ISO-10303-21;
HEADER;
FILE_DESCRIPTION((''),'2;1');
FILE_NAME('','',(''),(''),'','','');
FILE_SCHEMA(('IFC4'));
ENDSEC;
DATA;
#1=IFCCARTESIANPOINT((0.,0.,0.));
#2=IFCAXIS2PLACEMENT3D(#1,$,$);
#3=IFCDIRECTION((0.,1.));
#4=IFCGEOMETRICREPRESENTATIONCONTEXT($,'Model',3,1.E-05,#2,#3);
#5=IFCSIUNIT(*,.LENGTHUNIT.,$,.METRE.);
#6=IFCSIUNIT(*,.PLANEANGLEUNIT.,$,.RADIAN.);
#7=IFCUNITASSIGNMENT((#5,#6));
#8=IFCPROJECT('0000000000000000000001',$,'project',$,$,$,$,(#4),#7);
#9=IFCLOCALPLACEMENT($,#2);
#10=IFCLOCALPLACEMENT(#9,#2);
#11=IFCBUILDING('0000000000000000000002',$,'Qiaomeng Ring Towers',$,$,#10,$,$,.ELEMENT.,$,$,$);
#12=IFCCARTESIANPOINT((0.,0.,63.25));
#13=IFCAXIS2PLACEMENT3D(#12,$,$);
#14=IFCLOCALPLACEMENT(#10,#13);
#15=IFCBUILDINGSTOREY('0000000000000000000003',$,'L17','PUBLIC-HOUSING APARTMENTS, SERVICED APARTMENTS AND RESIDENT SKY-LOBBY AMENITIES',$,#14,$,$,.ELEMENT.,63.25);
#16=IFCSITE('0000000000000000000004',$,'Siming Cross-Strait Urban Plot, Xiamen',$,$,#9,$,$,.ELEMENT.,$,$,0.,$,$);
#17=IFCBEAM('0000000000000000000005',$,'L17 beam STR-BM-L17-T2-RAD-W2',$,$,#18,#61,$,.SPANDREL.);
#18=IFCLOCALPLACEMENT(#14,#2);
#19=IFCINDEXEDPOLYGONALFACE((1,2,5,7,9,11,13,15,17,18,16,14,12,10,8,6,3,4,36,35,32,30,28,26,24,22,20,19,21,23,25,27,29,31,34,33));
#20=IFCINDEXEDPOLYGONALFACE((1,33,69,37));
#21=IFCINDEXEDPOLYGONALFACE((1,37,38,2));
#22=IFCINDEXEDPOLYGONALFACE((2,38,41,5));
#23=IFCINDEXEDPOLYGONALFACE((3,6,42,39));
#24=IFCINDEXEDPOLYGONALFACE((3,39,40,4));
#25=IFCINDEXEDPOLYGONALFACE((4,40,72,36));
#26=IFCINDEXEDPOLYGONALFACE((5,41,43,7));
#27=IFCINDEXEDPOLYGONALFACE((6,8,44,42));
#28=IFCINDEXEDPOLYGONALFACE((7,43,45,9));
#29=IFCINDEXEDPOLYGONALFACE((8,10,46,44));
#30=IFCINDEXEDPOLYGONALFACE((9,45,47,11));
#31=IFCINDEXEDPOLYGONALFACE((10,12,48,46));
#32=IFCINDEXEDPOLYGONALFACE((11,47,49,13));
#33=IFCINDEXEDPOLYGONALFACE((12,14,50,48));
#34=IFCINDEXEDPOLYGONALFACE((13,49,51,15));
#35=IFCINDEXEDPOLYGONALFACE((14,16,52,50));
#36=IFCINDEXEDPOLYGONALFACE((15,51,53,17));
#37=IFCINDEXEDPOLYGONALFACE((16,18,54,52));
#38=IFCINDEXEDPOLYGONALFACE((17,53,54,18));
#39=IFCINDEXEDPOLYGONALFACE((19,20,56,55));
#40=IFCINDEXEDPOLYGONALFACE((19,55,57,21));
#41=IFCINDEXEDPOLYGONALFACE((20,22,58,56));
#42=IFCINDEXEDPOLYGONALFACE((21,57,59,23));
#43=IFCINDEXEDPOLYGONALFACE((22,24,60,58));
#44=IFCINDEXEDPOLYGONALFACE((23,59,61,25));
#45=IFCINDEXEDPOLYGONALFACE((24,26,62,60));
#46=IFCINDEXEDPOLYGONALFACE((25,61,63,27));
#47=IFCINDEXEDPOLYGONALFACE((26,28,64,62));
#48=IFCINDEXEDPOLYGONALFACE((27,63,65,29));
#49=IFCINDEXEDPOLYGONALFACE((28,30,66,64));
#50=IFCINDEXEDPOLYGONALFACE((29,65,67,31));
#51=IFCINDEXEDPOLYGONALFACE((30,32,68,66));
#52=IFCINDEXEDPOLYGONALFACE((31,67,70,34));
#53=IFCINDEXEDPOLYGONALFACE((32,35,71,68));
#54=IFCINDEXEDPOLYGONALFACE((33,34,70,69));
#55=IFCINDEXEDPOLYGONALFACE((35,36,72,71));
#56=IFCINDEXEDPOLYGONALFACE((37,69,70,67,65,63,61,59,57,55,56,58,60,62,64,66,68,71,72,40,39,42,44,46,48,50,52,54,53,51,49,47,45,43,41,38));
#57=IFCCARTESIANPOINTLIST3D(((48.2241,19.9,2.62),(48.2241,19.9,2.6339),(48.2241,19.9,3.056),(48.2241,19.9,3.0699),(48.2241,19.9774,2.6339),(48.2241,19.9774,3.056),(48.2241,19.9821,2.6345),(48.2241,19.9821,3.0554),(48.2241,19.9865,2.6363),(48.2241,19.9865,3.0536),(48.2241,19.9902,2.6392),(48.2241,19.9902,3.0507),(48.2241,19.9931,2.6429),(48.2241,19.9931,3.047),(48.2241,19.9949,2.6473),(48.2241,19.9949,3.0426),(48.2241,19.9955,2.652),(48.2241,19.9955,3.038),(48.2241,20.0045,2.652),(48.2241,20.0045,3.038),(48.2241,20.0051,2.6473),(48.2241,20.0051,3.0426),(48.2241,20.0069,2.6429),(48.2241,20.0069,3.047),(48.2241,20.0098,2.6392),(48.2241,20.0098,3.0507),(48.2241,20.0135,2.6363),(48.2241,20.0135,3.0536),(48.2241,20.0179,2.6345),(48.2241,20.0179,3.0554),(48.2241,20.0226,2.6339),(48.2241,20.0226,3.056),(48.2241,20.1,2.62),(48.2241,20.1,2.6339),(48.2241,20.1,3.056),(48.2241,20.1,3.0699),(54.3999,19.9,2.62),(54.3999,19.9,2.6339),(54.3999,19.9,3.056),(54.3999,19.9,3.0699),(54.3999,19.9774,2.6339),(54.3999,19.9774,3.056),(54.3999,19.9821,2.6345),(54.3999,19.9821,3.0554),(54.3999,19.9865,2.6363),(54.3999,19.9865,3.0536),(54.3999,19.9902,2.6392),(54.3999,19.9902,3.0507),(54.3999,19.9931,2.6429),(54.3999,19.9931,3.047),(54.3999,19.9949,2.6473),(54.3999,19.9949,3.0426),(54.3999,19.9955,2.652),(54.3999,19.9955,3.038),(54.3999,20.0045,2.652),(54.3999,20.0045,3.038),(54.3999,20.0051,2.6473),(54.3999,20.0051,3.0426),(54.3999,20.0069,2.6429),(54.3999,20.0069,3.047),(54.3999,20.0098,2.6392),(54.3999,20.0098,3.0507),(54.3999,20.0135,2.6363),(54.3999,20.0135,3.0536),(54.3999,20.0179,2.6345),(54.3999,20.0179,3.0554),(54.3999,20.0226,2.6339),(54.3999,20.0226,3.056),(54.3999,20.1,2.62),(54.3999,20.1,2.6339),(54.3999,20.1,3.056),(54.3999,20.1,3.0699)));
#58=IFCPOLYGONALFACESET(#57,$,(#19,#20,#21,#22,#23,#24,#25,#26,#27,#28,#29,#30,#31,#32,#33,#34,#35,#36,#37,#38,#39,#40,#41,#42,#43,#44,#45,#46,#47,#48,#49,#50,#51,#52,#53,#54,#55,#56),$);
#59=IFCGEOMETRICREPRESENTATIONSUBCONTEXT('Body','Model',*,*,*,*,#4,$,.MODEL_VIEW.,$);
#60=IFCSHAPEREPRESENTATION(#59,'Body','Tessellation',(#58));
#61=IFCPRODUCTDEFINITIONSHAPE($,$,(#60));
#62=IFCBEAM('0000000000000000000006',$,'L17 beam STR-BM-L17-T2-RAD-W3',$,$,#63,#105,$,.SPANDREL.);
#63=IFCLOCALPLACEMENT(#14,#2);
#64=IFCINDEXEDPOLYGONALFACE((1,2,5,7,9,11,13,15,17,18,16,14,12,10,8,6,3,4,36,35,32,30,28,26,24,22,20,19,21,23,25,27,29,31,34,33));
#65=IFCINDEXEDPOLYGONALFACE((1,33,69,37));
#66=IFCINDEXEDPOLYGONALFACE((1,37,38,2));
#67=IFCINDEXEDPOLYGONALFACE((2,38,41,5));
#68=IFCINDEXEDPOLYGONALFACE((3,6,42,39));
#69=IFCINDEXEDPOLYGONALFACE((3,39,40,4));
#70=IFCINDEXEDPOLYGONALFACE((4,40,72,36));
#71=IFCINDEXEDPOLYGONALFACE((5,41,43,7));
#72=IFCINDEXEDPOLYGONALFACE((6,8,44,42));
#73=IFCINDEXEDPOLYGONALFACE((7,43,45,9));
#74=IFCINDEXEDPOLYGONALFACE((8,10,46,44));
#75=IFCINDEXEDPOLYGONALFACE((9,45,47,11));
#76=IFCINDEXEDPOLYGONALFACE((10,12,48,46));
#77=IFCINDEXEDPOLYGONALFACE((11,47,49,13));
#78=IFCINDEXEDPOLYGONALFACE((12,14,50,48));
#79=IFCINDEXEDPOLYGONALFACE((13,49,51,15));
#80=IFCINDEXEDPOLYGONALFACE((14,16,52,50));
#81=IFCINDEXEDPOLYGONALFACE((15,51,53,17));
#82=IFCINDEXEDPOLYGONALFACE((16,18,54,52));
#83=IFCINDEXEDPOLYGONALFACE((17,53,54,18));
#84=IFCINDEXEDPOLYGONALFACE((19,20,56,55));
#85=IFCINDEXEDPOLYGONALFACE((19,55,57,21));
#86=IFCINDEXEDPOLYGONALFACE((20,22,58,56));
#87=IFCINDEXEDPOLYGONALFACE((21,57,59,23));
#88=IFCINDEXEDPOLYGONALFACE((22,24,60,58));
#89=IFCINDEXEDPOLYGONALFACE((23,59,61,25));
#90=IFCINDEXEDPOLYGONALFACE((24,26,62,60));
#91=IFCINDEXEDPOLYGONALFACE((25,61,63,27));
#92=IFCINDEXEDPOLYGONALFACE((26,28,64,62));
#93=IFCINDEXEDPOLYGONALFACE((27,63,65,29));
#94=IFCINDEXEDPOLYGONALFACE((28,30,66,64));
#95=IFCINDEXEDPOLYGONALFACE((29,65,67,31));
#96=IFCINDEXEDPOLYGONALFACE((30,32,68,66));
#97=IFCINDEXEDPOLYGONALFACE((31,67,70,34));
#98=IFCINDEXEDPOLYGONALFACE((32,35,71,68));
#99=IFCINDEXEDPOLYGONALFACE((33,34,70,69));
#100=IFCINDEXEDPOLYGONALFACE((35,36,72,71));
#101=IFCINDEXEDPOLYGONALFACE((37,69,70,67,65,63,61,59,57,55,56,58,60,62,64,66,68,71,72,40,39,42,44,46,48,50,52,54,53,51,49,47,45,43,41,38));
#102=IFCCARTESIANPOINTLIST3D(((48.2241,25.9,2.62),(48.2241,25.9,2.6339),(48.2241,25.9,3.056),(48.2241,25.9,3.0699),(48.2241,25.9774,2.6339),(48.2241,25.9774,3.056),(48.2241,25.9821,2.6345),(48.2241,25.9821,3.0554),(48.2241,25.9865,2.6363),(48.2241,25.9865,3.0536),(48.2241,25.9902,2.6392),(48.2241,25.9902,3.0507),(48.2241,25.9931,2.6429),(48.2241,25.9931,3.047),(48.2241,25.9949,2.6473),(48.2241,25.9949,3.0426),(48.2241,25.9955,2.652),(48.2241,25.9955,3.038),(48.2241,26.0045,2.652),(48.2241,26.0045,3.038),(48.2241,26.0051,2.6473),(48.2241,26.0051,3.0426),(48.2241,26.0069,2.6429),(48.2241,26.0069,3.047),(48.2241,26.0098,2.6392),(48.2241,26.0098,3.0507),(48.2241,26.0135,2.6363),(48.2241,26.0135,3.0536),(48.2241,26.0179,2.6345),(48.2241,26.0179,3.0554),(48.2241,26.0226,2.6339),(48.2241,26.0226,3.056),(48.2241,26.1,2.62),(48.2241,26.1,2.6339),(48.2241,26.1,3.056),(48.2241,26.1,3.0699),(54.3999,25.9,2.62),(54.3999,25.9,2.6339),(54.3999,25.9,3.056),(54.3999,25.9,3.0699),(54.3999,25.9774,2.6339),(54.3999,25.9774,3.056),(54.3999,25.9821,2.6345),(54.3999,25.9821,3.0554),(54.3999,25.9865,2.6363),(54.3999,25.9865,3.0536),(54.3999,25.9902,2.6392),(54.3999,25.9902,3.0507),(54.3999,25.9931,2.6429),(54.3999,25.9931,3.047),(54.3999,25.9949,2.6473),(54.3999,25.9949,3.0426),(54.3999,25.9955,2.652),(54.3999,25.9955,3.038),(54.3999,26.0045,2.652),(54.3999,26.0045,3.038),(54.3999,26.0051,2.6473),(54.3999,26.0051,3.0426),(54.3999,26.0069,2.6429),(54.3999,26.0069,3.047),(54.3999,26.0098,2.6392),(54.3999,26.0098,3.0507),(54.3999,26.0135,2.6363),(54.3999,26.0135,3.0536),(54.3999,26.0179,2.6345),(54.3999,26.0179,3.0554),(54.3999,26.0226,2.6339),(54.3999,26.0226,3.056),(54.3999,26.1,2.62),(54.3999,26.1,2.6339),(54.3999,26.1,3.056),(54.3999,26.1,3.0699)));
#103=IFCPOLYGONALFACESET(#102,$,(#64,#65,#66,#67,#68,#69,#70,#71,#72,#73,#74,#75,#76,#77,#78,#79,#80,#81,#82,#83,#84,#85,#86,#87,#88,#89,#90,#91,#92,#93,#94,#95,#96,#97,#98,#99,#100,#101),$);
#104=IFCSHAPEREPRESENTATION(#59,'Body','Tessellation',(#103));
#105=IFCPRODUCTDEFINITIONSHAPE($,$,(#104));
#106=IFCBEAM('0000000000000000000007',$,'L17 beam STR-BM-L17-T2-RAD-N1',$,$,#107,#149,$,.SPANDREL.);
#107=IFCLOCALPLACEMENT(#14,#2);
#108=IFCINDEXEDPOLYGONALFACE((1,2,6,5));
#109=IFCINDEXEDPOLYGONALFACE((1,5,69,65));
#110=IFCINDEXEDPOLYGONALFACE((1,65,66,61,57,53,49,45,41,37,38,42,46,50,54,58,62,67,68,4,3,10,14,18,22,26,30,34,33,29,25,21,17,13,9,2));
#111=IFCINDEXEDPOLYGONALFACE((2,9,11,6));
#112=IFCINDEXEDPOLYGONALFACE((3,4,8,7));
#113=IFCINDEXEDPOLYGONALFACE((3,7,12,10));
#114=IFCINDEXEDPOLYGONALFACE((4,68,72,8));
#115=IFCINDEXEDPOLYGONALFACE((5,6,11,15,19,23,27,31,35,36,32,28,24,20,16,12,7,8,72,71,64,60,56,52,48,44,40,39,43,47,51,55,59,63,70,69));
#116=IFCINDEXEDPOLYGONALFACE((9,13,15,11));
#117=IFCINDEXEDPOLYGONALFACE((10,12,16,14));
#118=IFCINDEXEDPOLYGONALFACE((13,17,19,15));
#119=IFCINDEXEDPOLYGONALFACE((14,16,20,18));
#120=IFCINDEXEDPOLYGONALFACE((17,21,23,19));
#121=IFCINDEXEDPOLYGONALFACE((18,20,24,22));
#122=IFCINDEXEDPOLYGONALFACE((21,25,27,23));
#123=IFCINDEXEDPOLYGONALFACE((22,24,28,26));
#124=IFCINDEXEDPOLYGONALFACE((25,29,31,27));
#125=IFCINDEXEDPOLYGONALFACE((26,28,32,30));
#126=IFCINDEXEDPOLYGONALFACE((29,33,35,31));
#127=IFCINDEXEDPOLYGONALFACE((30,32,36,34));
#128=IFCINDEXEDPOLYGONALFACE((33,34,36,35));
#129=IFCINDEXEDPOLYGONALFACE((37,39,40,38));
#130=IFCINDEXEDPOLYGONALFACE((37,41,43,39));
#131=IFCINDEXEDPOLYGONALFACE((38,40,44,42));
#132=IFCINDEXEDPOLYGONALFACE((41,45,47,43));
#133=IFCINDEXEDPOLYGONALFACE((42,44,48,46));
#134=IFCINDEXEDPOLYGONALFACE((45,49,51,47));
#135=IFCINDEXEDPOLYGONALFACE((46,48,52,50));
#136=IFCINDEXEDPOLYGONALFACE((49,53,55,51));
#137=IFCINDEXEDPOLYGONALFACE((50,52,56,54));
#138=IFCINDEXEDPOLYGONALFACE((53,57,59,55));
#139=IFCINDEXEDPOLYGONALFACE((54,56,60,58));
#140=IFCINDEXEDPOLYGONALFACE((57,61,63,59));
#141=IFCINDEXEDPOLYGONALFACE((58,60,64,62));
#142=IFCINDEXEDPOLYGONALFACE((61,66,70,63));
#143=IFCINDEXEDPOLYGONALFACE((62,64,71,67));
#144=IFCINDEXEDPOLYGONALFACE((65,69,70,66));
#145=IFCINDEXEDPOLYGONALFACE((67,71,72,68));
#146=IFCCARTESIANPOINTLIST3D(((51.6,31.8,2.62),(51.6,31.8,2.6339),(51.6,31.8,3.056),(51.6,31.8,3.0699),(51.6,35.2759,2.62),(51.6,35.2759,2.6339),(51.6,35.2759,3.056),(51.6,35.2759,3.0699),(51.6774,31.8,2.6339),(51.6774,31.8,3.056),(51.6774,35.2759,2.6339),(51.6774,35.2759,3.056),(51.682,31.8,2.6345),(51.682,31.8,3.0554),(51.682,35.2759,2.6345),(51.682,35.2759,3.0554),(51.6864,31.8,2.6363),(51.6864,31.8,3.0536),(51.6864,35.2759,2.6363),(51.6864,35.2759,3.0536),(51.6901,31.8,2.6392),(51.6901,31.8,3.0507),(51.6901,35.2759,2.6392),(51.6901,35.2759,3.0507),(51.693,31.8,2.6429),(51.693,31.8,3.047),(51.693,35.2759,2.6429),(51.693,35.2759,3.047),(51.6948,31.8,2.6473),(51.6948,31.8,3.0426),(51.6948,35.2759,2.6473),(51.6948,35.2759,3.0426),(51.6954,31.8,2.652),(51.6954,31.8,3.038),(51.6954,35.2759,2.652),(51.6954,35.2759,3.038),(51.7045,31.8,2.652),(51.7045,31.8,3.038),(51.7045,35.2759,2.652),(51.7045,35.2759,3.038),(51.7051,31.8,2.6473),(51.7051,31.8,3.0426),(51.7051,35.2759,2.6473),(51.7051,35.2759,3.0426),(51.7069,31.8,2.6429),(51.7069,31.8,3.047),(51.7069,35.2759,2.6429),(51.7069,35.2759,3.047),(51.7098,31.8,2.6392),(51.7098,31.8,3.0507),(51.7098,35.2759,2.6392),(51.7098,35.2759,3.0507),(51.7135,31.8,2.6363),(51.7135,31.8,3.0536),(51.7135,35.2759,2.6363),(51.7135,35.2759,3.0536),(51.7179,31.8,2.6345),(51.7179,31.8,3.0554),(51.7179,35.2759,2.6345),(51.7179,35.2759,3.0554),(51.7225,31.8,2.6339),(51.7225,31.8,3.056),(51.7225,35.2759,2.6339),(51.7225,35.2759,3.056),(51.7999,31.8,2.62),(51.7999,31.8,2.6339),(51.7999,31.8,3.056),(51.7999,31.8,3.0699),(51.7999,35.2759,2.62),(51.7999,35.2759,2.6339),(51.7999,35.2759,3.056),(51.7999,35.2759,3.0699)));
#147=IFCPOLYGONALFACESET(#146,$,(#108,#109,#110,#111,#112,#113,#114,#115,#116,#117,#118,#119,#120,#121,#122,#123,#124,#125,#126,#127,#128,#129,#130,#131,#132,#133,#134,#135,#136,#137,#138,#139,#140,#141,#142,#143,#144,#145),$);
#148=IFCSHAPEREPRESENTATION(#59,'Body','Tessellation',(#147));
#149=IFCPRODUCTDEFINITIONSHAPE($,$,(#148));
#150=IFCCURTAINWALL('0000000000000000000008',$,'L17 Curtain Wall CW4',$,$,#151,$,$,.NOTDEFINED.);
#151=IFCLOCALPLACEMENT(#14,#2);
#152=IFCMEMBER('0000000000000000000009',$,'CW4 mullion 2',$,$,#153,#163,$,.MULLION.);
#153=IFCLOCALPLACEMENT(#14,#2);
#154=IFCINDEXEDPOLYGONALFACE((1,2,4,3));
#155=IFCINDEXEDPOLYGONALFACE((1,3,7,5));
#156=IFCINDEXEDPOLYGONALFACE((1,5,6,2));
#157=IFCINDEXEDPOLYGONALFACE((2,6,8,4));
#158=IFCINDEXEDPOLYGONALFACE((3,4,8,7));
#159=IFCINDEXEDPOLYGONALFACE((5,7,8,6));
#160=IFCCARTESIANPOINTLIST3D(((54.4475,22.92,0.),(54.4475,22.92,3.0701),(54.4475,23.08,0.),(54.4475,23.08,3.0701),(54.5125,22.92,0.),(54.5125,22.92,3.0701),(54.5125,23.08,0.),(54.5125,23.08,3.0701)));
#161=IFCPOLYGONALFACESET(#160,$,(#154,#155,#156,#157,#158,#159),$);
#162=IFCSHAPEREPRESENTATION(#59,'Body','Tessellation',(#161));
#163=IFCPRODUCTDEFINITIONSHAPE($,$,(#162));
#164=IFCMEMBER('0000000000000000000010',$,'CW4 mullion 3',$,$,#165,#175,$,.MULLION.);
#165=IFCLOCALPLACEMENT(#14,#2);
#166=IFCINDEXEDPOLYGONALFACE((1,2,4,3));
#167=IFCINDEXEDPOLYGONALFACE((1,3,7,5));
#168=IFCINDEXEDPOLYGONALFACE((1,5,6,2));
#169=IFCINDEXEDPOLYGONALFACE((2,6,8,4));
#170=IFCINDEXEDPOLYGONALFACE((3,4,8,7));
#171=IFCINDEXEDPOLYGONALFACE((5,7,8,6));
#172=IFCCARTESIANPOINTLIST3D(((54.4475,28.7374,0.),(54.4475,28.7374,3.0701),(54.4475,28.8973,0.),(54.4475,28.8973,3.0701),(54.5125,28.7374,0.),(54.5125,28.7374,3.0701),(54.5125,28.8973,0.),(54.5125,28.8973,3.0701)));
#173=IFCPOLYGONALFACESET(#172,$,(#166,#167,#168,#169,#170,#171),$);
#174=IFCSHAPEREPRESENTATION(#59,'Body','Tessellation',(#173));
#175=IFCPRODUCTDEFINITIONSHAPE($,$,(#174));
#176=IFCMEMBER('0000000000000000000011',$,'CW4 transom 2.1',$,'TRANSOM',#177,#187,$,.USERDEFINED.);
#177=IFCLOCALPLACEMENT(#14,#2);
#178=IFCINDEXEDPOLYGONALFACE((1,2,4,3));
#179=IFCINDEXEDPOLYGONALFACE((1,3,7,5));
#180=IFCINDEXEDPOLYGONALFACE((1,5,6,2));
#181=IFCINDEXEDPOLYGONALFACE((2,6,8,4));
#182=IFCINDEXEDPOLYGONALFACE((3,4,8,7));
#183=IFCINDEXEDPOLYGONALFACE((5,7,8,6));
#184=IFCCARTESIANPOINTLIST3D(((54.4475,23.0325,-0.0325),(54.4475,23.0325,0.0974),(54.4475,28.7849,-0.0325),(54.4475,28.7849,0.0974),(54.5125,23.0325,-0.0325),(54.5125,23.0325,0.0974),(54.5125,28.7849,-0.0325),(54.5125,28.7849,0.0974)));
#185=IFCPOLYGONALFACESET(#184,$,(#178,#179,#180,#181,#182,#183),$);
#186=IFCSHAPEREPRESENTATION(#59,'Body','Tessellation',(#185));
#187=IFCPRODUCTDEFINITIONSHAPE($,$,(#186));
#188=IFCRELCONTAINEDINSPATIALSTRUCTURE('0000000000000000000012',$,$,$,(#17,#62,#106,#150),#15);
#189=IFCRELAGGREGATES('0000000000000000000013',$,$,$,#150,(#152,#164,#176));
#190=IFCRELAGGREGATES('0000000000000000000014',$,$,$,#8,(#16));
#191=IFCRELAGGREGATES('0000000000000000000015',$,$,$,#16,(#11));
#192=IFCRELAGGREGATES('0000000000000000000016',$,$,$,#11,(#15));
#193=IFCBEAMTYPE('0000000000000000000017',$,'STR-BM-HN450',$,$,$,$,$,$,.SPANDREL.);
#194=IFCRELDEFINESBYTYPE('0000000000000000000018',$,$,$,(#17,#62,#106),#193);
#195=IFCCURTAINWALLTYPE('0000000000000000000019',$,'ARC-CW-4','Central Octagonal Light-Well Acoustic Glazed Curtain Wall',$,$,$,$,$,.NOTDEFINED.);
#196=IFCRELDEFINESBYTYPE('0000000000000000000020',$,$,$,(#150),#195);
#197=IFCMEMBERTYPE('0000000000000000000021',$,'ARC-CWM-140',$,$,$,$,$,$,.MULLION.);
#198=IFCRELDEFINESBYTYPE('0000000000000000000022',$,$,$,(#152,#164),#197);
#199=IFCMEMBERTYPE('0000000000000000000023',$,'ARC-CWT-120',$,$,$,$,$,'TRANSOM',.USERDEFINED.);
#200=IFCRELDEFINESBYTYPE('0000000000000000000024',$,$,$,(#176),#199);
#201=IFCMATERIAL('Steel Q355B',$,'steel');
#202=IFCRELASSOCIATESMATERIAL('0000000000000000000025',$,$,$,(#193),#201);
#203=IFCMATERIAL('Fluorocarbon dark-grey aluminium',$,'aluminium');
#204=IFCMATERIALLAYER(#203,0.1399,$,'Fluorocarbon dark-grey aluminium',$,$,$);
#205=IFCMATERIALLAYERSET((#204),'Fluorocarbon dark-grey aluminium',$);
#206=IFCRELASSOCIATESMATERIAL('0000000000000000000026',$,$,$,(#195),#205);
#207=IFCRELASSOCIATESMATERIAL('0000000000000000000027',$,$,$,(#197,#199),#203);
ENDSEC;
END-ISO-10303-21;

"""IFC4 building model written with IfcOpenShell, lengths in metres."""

from ifc_helpers import new_model, si_unit, direction, frame, origin, origin_2d, place, context, subcontext, project, spatial, rectangle, i_section, extrude, source, transform, mapped, material, layer, layer_set, material_profile, profile_set, type_object, element, aggregate, save


model = new_model("IFC4")

# Units and contexts
model_context = context("Model", 3, precision=1e-05, world=origin(), true_north=direction((0.0, 1.0)))
body_context = subcontext(model_context, "Body", "Model", "MODEL_VIEW")
ifc_project = project(units=[si_unit("LENGTHUNIT", "METRE"), si_unit("PLANEANGLEUNIT", "RADIAN")], contexts=[model_context])

# Site, building, storey
site_placement = place(None, origin())
site = spatial("IfcSite", under=ifc_project, at=site_placement, Name="Siming Cross-Strait Urban Plot, Xiamen", CompositionType="ELEMENT", RefElevation=0.0)
building_placement = place(site_placement, origin())
building = spatial("IfcBuilding", under=site, at=building_placement, Name="Qiaomeng Ring Towers", CompositionType="ELEMENT")
storey_placement = place(building_placement, frame((0.0, 0.0, 63.25)))
storey = spatial("IfcBuildingStorey", under=building, at=storey_placement, Name="L17", Description="PUBLIC-HOUSING APARTMENTS, SERVICED APARTMENTS AND RESIDENT SKY-LOBBY AMENITIES", CompositionType="ELEMENT", Elevation=63.25)

# Beams
ifc_material_1 = material(Name="Steel Q355B", Category="steel")
ifc_material_profile_1 = material_profile(ifc_material_1, i_section(OverallWidth=0.2, OverallDepth=0.45, WebThickness=0.009, FlangeThickness=0.0139, FilletRadius=0.0181, at=origin_2d()), Name="HN 450x200x9x14")
ifc_profile_set_1 = profile_set([ifc_material_profile_1], Name="Steel Q355B")
beam_type_1 = type_object("IfcBeamType", Name="STR-BM-HN450", PredefinedType="SPANDREL", material=ifc_profile_set_1)
shared_shape_1 = source(origin(), body_context, "Body", "SweptSolid", [
    extrude(i_section(OverallWidth=0.2, OverallDepth=0.45, WebThickness=0.009, FlangeThickness=0.0139, FilletRadius=0.0181, at=origin_2d()), origin(), (0.0, 0.0, 1.0), 6.1758),
])
for number, where, z_axis, x_axis, name in (
    (1, (48.2241, 20.0, 2.845), (1.0, 0.0, 0.0), (0.0, 1.0, 0.0), "L17 beam STR-BM-L17-T2-RAD-W2"),
    (2, (48.2241, 26.0, 2.845), (1.0, 0.0, 0.0), (0.0, 1.0, 0.0), "L17 beam STR-BM-L17-T2-RAD-W3"),
):
    element("IfcBeam", number, at=place(storey_placement, frame(where, z_axis=z_axis, x_axis=x_axis)), inside=storey, type_object=beam_type_1, Name=name, PredefinedType="SPANDREL", context=body_context, shape_type="MappedRepresentation", body=[
        mapped(shared_shape_1, transform((0.0, 0.0, 0.0), x_axis=(1.0, 0.0, 0.0), y_axis=(0.0, 1.0, 0.0), z_axis=(0.0, 0.0, 1.0), scale=1.0)),
    ])
shared_shape_2 = source(origin(), body_context, "Body", "SweptSolid", [
    extrude(i_section(OverallWidth=0.2, OverallDepth=0.45, WebThickness=0.009, FlangeThickness=0.0139, FilletRadius=0.0181, at=origin_2d()), origin(), (0.0, 0.0, 1.0), 3.4758),
])
beam_1_placement = place(storey_placement, frame((51.7, 35.2759, 2.845), z_axis=(0.0, -1.0, 0.0), x_axis=(1.0, 0.0, 0.0)))
element("IfcBeam", 3, at=beam_1_placement, inside=storey, type_object=beam_type_1, Name="L17 beam STR-BM-L17-T2-RAD-N1", PredefinedType="SPANDREL", context=body_context, shape_type="MappedRepresentation", body=[
    mapped(shared_shape_2, transform((0.0, 0.0, 0.0), x_axis=(1.0, 0.0, 0.0), y_axis=(0.0, 1.0, 0.0), z_axis=(0.0, 0.0, 1.0), scale=1.0)),
])

# Curtain wall, members
ifc_material_2 = material(Name="Fluorocarbon dark-grey aluminium", Category="aluminium")
ifc_layer_1 = layer(ifc_material_2, 0.1399, Name="Fluorocarbon dark-grey aluminium")
ifc_layer_set_1 = layer_set([ifc_layer_1], Name="Fluorocarbon dark-grey aluminium")
curtain_wall_type_1 = type_object("IfcCurtainWallType", Name="ARC-CW-4", Description="Central Octagonal Light-Well Acoustic Glazed Curtain Wall", PredefinedType="NOTDEFINED", material=ifc_layer_set_1)
curtain_wall_1_placement = place(storey_placement, origin())
curtain_wall_1 = element("IfcCurtainWall", 4, at=curtain_wall_1_placement, inside=storey, type_object=curtain_wall_type_1, Name="L17 Curtain Wall CW4", PredefinedType="NOTDEFINED")
ifc_material_profile_2 = material_profile(ifc_material_2, rectangle(XDim=0.0649, YDim=0.1599, at=origin_2d()), Name="ALU MULL 65x160")
ifc_profile_set_2 = profile_set([ifc_material_profile_2], Name="Fluorocarbon dark-grey aluminium")
member_type_1 = type_object("IfcMemberType", Name="ARC-CWM-140", PredefinedType="MULLION", material=ifc_profile_set_2)
shared_shape_3 = source(origin(), body_context, "Body", "SweptSolid", [
    extrude(rectangle(XDim=0.0649, YDim=0.1599, at=origin_2d()), origin(), (0.0, 0.0, 1.0), 3.0701),
])
member_1_placement = place(storey_placement, frame((54.48, 23.0, 0.0), z_axis=(0.0, 0.0, 1.0), x_axis=(-1.0, 0.0, 0.0)))
member_1 = element("IfcMember", 5, at=member_1_placement, type_object=member_type_1, Name="CW4 mullion 2", PredefinedType="MULLION", context=body_context, shape_type="MappedRepresentation", body=[
    mapped(shared_shape_3, transform((0.0, 0.0, 0.0), x_axis=(1.0, 0.0, 0.0), y_axis=(0.0, 1.0, 0.0), z_axis=(0.0, 0.0, 1.0), scale=1.0)),
])
member_2_placement = place(storey_placement, frame((54.48, 28.8174, 0.0), z_axis=(0.0, 0.0, 1.0), x_axis=(-1.0, 0.0, 0.0)))
member_2 = element("IfcMember", 6, at=member_2_placement, type_object=member_type_1, Name="CW4 mullion 3", PredefinedType="MULLION", context=body_context, shape_type="MappedRepresentation", body=[
    mapped(shared_shape_3, transform((0.0, 0.0, 0.0), x_axis=(1.0, 0.0, 0.0), y_axis=(0.0, 1.0, 0.0), z_axis=(0.0, 0.0, 1.0), scale=1.0)),
])
ifc_material_profile_3 = material_profile(ifc_material_2, rectangle(XDim=0.0649, YDim=0.1299, at=origin_2d()), Name="ALU TRAN 65x130")
ifc_profile_set_3 = profile_set([ifc_material_profile_3], Name="Fluorocarbon dark-grey aluminium")
member_type_2 = type_object("IfcMemberType", Name="ARC-CWT-120", ElementType="TRANSOM", PredefinedType="USERDEFINED", material=ifc_profile_set_3)
shared_shape_4 = source(origin(), body_context, "Body", "SweptSolid", [
    extrude(rectangle(XDim=0.0649, YDim=0.1299, at=origin_2d()), origin(), (0.0, 0.0, 1.0), 5.7524),
])
member_3_placement = place(storey_placement, frame((54.48, 23.0325, 0.0325), z_axis=(0.0, 1.0, 0.0), x_axis=(-1.0, 0.0, 0.0)))
member_3 = element("IfcMember", 7, at=member_3_placement, type_object=member_type_2, Name="CW4 transom 2.1", ObjectType="TRANSOM", PredefinedType="USERDEFINED", context=body_context, shape_type="MappedRepresentation", body=[
    mapped(shared_shape_4, transform((0.0, 0.0, 0.0), x_axis=(1.0, 0.0, 0.0), y_axis=(0.0, 1.0, 0.0), z_axis=(0.0, 0.0, 1.0), scale=1.0)),
])

aggregate(curtain_wall_1, [member_1, member_2, member_3])

save(model, "model.ifc")
